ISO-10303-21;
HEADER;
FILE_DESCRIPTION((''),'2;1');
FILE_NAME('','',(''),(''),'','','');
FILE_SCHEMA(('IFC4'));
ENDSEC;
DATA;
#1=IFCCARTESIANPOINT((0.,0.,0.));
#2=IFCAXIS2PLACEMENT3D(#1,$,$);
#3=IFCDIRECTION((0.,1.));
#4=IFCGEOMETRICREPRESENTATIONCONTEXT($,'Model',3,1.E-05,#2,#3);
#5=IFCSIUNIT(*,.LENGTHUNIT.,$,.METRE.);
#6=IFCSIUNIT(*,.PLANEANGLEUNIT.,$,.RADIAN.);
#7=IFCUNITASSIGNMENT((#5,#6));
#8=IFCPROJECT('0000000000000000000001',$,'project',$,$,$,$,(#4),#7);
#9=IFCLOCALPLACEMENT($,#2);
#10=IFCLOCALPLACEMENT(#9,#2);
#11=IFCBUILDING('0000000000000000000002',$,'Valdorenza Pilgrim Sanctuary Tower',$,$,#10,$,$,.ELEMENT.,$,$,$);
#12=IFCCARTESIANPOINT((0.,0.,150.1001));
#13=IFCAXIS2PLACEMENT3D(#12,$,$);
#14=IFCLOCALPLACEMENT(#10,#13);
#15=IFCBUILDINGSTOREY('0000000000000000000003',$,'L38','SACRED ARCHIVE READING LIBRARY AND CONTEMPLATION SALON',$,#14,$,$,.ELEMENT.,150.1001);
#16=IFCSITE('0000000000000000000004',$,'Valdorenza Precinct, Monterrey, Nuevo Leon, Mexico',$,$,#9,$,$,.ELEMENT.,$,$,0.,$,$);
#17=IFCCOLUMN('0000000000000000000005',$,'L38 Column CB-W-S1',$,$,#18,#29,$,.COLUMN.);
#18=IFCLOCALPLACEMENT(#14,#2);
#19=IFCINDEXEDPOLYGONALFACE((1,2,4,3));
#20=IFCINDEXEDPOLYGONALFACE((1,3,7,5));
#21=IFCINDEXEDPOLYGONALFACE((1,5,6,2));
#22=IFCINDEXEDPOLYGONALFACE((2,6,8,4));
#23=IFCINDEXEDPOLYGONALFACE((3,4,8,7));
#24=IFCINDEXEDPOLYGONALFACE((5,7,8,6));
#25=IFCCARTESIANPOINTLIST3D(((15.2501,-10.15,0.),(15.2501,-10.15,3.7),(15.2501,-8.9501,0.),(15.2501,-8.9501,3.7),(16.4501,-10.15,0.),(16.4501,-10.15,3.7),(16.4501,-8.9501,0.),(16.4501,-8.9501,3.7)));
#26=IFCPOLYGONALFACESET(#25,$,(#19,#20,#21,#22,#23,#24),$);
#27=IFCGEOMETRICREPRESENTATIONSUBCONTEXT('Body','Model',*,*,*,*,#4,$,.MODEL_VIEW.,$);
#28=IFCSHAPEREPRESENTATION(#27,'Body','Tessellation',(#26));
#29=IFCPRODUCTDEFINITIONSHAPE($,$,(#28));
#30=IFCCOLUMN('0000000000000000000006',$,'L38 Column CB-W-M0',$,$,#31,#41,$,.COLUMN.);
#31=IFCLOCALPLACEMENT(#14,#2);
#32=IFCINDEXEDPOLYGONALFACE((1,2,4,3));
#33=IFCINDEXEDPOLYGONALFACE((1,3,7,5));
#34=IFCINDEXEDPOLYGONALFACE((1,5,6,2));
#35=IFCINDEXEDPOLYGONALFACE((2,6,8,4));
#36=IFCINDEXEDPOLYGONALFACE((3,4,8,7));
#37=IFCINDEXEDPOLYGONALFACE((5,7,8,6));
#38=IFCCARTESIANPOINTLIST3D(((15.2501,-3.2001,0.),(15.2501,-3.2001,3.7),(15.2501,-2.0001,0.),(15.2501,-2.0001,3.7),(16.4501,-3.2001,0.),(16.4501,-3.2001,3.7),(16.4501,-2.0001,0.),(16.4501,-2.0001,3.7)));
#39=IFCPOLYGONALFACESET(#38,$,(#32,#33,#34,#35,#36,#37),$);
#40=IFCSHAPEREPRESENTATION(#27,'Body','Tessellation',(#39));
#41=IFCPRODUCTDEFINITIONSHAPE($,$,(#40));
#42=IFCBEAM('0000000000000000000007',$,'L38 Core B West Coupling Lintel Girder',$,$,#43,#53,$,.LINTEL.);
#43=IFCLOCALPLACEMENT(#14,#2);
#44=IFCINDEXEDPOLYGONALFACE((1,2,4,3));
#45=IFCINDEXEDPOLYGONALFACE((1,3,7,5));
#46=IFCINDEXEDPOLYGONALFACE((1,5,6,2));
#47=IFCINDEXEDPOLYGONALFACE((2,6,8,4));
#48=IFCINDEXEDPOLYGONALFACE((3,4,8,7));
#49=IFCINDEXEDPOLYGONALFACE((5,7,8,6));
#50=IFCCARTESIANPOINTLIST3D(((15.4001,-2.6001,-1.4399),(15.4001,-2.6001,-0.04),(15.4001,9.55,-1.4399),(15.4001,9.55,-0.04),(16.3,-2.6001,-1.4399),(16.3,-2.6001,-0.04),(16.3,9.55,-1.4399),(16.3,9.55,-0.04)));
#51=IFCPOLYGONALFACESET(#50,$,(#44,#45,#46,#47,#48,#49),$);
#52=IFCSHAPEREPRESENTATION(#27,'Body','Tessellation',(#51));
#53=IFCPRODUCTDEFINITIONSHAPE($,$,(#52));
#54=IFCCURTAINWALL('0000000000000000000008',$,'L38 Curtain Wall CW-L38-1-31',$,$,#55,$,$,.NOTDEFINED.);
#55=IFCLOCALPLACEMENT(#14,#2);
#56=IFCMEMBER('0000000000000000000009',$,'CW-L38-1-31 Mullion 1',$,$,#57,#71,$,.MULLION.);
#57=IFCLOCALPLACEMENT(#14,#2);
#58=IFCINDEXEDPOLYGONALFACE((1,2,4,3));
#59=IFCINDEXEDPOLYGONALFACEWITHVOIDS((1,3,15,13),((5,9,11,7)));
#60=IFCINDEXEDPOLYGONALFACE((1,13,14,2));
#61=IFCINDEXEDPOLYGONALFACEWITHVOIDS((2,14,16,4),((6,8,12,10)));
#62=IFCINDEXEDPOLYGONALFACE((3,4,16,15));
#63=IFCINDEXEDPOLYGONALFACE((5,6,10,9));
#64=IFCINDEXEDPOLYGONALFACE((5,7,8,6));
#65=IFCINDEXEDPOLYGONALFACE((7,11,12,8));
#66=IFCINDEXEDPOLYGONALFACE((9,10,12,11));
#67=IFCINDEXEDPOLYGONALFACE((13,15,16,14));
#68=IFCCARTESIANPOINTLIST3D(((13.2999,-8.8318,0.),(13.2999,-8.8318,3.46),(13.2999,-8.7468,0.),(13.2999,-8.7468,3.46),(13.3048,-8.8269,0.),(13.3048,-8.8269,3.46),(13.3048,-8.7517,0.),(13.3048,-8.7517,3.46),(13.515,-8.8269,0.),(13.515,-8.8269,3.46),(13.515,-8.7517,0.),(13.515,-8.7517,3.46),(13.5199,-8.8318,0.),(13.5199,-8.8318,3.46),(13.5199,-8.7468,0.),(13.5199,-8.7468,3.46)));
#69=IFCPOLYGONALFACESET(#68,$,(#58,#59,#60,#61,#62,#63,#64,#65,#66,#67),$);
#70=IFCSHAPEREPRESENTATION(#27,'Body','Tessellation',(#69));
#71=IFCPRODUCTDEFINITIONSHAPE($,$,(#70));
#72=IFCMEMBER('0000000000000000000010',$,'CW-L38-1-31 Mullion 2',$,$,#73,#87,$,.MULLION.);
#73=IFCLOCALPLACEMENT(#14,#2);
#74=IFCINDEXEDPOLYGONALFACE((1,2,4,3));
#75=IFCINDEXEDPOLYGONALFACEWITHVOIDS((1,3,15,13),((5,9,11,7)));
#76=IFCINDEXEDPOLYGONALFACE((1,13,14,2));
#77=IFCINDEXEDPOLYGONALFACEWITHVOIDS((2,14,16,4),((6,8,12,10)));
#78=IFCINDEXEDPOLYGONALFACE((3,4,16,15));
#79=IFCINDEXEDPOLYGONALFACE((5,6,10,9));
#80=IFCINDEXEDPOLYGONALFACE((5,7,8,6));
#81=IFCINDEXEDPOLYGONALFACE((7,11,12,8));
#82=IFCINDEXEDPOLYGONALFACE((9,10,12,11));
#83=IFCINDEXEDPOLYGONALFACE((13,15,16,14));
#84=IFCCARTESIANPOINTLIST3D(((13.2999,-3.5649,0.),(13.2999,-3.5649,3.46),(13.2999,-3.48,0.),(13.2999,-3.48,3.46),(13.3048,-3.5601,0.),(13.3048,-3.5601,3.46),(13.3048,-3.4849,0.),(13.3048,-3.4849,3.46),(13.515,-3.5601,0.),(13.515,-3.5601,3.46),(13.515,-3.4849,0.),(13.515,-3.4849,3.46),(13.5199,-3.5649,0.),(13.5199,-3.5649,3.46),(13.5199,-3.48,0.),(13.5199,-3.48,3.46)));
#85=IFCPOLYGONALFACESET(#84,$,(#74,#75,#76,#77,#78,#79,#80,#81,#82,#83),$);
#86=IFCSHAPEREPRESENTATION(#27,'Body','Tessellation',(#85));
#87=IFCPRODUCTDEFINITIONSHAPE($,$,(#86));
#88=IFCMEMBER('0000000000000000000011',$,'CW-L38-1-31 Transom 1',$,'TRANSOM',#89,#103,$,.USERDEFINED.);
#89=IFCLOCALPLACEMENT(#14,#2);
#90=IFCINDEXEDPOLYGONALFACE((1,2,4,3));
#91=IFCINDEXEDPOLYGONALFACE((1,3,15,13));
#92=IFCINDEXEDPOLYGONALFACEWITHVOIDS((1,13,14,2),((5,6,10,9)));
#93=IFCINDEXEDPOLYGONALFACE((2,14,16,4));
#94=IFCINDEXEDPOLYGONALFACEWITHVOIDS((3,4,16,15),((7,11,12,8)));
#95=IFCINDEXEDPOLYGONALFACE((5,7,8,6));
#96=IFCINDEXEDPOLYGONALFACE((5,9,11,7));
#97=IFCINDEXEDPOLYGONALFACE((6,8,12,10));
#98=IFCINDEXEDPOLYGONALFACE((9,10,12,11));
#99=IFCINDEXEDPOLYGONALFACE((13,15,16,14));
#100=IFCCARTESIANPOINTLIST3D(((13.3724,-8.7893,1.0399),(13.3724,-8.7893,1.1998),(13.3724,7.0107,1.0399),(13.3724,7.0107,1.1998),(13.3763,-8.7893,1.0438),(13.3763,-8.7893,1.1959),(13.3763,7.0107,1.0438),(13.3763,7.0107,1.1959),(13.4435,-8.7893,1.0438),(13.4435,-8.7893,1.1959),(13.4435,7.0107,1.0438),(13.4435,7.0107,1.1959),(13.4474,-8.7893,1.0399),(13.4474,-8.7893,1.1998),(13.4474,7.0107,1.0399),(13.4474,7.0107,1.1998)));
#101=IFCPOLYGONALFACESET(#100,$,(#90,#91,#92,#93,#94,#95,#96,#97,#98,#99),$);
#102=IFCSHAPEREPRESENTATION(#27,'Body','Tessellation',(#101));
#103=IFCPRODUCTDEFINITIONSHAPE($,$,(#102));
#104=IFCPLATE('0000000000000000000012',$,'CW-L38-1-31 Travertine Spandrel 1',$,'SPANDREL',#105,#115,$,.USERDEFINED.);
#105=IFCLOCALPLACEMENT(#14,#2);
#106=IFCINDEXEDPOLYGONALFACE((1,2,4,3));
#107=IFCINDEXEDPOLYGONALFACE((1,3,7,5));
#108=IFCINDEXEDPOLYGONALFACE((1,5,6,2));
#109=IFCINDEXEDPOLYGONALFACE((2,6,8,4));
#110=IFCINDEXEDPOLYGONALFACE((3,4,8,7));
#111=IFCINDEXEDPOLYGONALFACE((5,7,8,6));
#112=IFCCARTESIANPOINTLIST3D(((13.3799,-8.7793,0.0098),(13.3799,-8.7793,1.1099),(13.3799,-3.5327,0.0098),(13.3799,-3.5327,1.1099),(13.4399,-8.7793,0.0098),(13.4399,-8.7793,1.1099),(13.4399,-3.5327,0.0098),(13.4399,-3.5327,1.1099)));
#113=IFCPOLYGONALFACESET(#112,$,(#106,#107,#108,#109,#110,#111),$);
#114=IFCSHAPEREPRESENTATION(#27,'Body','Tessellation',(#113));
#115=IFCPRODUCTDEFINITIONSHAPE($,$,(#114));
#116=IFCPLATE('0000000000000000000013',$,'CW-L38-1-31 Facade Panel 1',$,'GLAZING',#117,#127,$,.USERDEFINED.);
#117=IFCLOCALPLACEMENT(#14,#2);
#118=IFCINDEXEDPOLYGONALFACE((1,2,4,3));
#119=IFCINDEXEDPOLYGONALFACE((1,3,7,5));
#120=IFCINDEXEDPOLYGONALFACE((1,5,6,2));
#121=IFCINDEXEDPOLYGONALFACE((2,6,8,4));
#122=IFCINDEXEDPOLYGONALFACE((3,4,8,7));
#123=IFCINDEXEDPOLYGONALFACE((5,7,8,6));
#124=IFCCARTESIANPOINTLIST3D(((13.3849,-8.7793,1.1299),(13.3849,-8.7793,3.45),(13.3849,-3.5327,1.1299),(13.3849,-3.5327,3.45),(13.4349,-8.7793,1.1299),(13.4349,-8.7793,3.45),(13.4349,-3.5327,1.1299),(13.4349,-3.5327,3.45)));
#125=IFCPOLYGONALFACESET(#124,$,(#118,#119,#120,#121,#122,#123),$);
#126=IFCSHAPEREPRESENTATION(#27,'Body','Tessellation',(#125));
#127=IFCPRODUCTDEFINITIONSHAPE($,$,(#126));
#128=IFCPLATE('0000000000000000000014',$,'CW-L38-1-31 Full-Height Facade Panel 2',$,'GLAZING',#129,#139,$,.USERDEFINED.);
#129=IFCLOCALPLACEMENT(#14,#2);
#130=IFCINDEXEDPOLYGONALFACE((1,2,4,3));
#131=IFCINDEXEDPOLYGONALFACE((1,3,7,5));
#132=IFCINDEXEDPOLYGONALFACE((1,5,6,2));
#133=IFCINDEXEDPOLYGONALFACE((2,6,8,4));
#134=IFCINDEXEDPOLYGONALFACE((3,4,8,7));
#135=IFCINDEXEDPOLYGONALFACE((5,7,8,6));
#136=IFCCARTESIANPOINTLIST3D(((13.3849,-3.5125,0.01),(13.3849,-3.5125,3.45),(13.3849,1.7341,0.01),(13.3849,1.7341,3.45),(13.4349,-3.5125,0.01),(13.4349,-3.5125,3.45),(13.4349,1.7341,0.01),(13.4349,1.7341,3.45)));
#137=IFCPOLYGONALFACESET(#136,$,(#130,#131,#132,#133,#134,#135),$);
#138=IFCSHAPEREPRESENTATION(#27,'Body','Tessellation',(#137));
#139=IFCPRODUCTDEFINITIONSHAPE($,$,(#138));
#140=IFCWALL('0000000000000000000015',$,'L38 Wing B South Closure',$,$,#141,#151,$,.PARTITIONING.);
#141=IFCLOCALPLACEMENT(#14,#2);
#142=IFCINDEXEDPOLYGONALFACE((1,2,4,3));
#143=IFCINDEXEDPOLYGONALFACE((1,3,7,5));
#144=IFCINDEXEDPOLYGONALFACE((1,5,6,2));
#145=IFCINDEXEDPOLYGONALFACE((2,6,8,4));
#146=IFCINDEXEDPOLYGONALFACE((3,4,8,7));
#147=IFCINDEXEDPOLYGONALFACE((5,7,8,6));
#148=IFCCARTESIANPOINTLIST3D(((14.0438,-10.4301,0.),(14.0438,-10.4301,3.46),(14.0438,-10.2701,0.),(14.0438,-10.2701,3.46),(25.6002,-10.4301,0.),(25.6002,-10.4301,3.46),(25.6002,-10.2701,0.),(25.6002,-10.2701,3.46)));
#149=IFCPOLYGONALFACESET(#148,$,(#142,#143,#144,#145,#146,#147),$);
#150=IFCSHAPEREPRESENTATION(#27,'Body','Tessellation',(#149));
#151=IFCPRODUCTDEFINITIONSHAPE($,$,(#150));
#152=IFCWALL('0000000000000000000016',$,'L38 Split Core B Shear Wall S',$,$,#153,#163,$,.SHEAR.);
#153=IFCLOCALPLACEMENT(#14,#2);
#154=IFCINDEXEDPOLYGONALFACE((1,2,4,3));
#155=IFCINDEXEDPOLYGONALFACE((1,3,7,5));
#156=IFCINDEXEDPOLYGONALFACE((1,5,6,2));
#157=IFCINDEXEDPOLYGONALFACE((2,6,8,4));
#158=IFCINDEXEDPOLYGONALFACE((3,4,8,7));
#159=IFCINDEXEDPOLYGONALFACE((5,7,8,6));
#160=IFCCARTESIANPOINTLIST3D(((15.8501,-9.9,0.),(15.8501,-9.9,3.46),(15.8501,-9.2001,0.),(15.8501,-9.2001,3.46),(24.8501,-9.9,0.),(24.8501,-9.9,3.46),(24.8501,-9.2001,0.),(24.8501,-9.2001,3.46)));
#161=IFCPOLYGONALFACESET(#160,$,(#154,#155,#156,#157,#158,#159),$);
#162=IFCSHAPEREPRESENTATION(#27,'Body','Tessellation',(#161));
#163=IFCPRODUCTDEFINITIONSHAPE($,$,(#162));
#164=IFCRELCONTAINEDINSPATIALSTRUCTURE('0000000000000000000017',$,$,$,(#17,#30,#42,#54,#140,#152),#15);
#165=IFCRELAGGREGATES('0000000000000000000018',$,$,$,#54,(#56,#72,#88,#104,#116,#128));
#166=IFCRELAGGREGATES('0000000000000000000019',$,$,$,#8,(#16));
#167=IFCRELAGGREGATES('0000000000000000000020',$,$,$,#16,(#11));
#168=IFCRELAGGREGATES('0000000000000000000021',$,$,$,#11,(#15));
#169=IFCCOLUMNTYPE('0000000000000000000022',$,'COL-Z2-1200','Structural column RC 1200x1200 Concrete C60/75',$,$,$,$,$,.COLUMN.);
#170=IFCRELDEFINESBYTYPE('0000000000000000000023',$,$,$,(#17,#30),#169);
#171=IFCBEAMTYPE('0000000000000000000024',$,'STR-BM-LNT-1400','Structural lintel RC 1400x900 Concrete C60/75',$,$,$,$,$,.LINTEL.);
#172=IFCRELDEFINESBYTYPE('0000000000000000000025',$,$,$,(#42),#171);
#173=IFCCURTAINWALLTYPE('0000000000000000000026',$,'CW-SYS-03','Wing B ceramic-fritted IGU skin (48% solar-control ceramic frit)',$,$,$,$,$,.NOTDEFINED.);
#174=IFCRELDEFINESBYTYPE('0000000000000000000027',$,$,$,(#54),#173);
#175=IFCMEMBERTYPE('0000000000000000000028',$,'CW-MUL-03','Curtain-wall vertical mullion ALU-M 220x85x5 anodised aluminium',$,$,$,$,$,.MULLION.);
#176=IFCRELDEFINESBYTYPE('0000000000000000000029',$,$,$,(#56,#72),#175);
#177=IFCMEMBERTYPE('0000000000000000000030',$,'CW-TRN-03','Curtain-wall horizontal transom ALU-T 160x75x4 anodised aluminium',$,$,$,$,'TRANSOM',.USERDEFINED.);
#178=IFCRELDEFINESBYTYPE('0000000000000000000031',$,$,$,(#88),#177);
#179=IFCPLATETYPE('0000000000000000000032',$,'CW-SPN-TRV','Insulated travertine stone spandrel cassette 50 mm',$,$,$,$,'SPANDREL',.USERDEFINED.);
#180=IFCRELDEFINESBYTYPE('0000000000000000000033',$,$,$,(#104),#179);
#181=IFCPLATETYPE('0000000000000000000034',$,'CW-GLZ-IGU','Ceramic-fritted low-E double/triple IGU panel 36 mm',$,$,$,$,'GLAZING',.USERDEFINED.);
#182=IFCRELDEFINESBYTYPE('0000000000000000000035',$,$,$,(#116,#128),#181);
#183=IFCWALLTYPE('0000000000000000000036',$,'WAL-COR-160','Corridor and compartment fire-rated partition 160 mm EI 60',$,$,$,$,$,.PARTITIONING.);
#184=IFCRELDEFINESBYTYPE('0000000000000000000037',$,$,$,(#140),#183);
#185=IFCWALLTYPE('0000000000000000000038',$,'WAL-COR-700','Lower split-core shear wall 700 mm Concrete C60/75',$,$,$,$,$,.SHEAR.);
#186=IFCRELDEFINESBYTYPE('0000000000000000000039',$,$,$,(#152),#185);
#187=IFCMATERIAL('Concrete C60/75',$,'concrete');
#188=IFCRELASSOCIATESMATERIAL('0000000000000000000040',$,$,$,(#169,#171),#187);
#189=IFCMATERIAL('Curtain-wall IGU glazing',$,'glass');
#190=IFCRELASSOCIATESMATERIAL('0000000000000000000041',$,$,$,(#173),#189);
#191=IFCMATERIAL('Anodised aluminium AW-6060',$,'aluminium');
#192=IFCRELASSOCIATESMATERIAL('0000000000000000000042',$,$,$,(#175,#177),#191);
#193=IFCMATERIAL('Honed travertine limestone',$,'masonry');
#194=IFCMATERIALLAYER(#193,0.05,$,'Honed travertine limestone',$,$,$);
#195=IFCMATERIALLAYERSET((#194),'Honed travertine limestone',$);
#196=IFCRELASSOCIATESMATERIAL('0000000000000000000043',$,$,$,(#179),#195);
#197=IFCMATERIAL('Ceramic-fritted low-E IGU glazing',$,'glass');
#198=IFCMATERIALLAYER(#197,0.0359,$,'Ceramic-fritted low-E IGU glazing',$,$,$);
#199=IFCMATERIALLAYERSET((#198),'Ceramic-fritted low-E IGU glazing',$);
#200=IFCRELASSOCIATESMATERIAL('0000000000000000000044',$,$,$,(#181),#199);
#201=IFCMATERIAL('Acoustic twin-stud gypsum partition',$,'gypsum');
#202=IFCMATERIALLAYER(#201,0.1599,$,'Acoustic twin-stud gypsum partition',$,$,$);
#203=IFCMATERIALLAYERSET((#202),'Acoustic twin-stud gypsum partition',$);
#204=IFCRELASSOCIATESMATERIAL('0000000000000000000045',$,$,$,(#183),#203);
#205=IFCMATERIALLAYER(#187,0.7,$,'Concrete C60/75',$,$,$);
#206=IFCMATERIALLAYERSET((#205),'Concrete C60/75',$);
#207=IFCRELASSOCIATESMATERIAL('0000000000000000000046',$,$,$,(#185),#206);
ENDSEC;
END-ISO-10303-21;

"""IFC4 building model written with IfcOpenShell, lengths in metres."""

from ifc_helpers import new_model, si_unit, direction, frame, frame_2d, origin, origin_2d, place, context, subcontext, project, spatial, rectangle, hollow_rectangle, extrude, source, transform, mapped, material, layer, layer_set, material_profile, profile_set, type_object, element, aggregate, save


model = new_model("IFC4")

# Units and contexts
model_context = context("Model", 3, precision=1e-05, world=origin(), true_north=direction((0.0, 1.0)))
body_context = subcontext(model_context, "Body", "Model", "MODEL_VIEW")
ifc_project = project(units=[si_unit("LENGTHUNIT", "METRE"), si_unit("PLANEANGLEUNIT", "RADIAN")], contexts=[model_context])

# Site, building, storey
site_placement = place(None, origin())
site = spatial("IfcSite", under=ifc_project, at=site_placement, Name="Valdorenza Precinct, Monterrey, Nuevo Leon, Mexico", CompositionType="ELEMENT", RefElevation=0.0)
building_placement = place(site_placement, origin())
building = spatial("IfcBuilding", under=site, at=building_placement, Name="Valdorenza Pilgrim Sanctuary Tower", CompositionType="ELEMENT")
storey_placement = place(building_placement, frame((0.0, 0.0, 150.1001)))
storey = spatial("IfcBuildingStorey", under=building, at=storey_placement, Name="L38", Description="SACRED ARCHIVE READING LIBRARY AND CONTEMPLATION SALON", CompositionType="ELEMENT", Elevation=150.1001)

# Columns
ifc_material_1 = material(Name="Concrete C60/75", Category="concrete")
ifc_material_profile_1 = material_profile(ifc_material_1, rectangle(XDim=1.2, YDim=1.2, at=origin_2d()), Name="RC 1200x1200")
ifc_profile_set_1 = profile_set([ifc_material_profile_1], Name="Concrete C60/75")
column_type = type_object("IfcColumnType", Name="COL-Z2-1200", Description="Structural column RC 1200x1200 Concrete C60/75", PredefinedType="COLUMN", material=ifc_profile_set_1)
shared_shape_1 = source(origin(), body_context, "Body", "SweptSolid", [
    extrude(rectangle(XDim=1.2, YDim=1.2, at=origin_2d()), origin(), (0.0, 0.0, 1.0), 3.7),
])
for number, where, z_axis, x_axis, name in (
    (1, (15.8501, -9.55, 0.0), (0.0, 0.0, 1.0), (1.0, 0.0, 0.0), "L38 Column CB-W-S1"),
    (2, (15.8501, -2.6001, 0.0), (0.0, 0.0, 1.0), (1.0, 0.0, 0.0), "L38 Column CB-W-M0"),
):
    element("IfcColumn", number, at=place(storey_placement, frame(where, z_axis=z_axis, x_axis=x_axis)), inside=storey, type_object=column_type, Name=name, PredefinedType="COLUMN", context=body_context, shape_type="MappedRepresentation", body=[
        mapped(shared_shape_1, transform((0.0, 0.0, 0.0), x_axis=(1.0, 0.0, 0.0), y_axis=(0.0, 1.0, 0.0), z_axis=(0.0, 0.0, 1.0), scale=1.0)),
    ])

# Beam
ifc_material_profile_2 = material_profile(ifc_material_1, rectangle(XDim=0.8999, YDim=1.3999, at=origin_2d()), Name="RC 1400x900")
ifc_profile_set_2 = profile_set([ifc_material_profile_2], Name="Concrete C60/75")
beam_type = type_object("IfcBeamType", Name="STR-BM-LNT-1400", Description="Structural lintel RC 1400x900 Concrete C60/75", PredefinedType="LINTEL", material=ifc_profile_set_2)
shared_shape_2 = source(origin(), body_context, "Body", "SweptSolid", [
    extrude(rectangle(XDim=0.8999, YDim=1.3999, at=origin_2d()), origin(), (0.0, 0.0, 1.0), 12.1501),
])
beam_placement = place(storey_placement, frame((15.8501, -2.6001, -0.74), z_axis=(0.0, 1.0, 0.0), x_axis=(-1.0, 0.0, 0.0)))
element("IfcBeam", 3, at=beam_placement, inside=storey, type_object=beam_type, Name="L38 Core B West Coupling Lintel Girder", PredefinedType="LINTEL", context=body_context, shape_type="MappedRepresentation", body=[
    mapped(shared_shape_2, transform((0.0, 0.0, 0.0), x_axis=(1.0, 0.0, 0.0), y_axis=(0.0, 1.0, 0.0), z_axis=(0.0, 0.0, 1.0), scale=1.0)),
])

# Curtain wall, members, plates
ifc_material_2 = material(Name="Curtain-wall IGU glazing", Category="glass")
curtain_wall_type = type_object("IfcCurtainWallType", Name="CW-SYS-03", Description="Wing B ceramic-fritted IGU skin (48% solar-control ceramic frit)", PredefinedType="NOTDEFINED", material=ifc_material_2)
curtain_wall_placement = place(storey_placement, origin())
curtain_wall = element("IfcCurtainWall", 4, at=curtain_wall_placement, inside=storey, type_object=curtain_wall_type, Name="L38 Curtain Wall CW-L38-1-31", PredefinedType="NOTDEFINED")
ifc_material_3 = material(Name="Anodised aluminium AW-6060", Category="aluminium")
ifc_material_profile_3 = material_profile(ifc_material_3, hollow_rectangle(XDim=0.085, YDim=0.22, WallThickness=0.0049, at=origin_2d()), Name="ALU-M 220x85x5")
ifc_profile_set_3 = profile_set([ifc_material_profile_3], Name="Anodised aluminium AW-6060")
member_type_1 = type_object("IfcMemberType", Name="CW-MUL-03", Description="Curtain-wall vertical mullion ALU-M 220x85x5 anodised aluminium", PredefinedType="MULLION", material=ifc_profile_set_3)
shared_shape_3 = source(origin(), body_context, "Body", "SweptSolid", [
    extrude(hollow_rectangle(XDim=0.085, YDim=0.22, WallThickness=0.0049, at=origin_2d()), origin(), (0.0, 0.0, 1.0), 3.46),
])
member_1_placement = place(storey_placement, frame((13.4099, -8.7893, 0.0), z_axis=(0.0, 0.0, 1.0), x_axis=(0.0, 1.0, 0.0)))
member_1 = element("IfcMember", 5, at=member_1_placement, type_object=member_type_1, Name="CW-L38-1-31 Mullion 1", PredefinedType="MULLION", context=body_context, shape_type="MappedRepresentation", body=[
    mapped(shared_shape_3, transform((0.0, 0.0, 0.0), x_axis=(1.0, 0.0, 0.0), y_axis=(0.0, 1.0, 0.0), z_axis=(0.0, 0.0, 1.0), scale=1.0)),
])
member_2_placement = place(storey_placement, frame((13.4099, -3.5225, 0.0), z_axis=(0.0, 0.0, 1.0), x_axis=(0.0, 1.0, 0.0)))
member_2 = element("IfcMember", 6, at=member_2_placement, type_object=member_type_1, Name="CW-L38-1-31 Mullion 2", PredefinedType="MULLION", context=body_context, shape_type="MappedRepresentation", body=[
    mapped(shared_shape_3, transform((0.0, 0.0, 0.0), x_axis=(1.0, 0.0, 0.0), y_axis=(0.0, 1.0, 0.0), z_axis=(0.0, 0.0, 1.0), scale=1.0)),
])
ifc_material_profile_4 = material_profile(ifc_material_3, hollow_rectangle(XDim=0.075, YDim=0.1599, WallThickness=0.0039, at=origin_2d()), Name="ALU-T 160x75x4")
ifc_profile_set_4 = profile_set([ifc_material_profile_4], Name="Anodised aluminium AW-6060")
member_type_2 = type_object("IfcMemberType", Name="CW-TRN-03", Description="Curtain-wall horizontal transom ALU-T 160x75x4 anodised aluminium", ElementType="TRANSOM", PredefinedType="USERDEFINED", material=ifc_profile_set_4)
shared_shape_4 = source(origin(), body_context, "Body", "SweptSolid", [
    extrude(hollow_rectangle(XDim=0.075, YDim=0.1599, WallThickness=0.0039, at=origin_2d()), origin(), (0.0, 0.0, 1.0), 15.8),
])
member_3_placement = place(storey_placement, frame((13.4099, -8.7893, 1.1199), z_axis=(0.0, 1.0, 0.0), x_axis=(-1.0, 0.0, 0.0)))
member_3 = element("IfcMember", 7, at=member_3_placement, type_object=member_type_2, Name="CW-L38-1-31 Transom 1", ObjectType="TRANSOM", PredefinedType="USERDEFINED", context=body_context, shape_type="MappedRepresentation", body=[
    mapped(shared_shape_4, transform((0.0, 0.0, 0.0), x_axis=(1.0, 0.0, 0.0), y_axis=(0.0, 1.0, 0.0), z_axis=(0.0, 0.0, 1.0), scale=1.0)),
])
ifc_material_4 = material(Name="Honed travertine limestone", Category="masonry")
ifc_layer_1 = layer(ifc_material_4, 0.05, Name="Honed travertine limestone")
ifc_layer_set_1 = layer_set([ifc_layer_1], Name="Honed travertine limestone")
plate_type_1 = type_object("IfcPlateType", Name="CW-SPN-TRV", Description="Insulated travertine stone spandrel cassette 50 mm", ElementType="SPANDREL", PredefinedType="USERDEFINED", material=ifc_layer_set_1)
shared_shape_5 = source(origin(), body_context, "Body", "SweptSolid", [
    extrude(rectangle(XDim=5.2466, YDim=0.0601, at=origin_2d()), origin(), (0.0, 0.0, 1.0), 1.1001),
])
plate_1_placement = place(storey_placement, frame((13.4099, -6.156, 0.0098), z_axis=(0.0, 0.0, 1.0), x_axis=(0.0, 1.0, 0.0)))
plate_1 = element("IfcPlate", 8, at=plate_1_placement, type_object=plate_type_1, Name="CW-L38-1-31 Travertine Spandrel 1", ObjectType="SPANDREL", PredefinedType="USERDEFINED", context=body_context, shape_type="MappedRepresentation", body=[
    mapped(shared_shape_5, transform((0.0, 0.0, 0.0), x_axis=(1.0, 0.0, 0.0), y_axis=(0.0, 1.0, 0.0), z_axis=(0.0, 0.0, 1.0), scale=1.0)),
])
ifc_material_5 = material(Name="Ceramic-fritted low-E IGU glazing", Category="glass")
ifc_layer_2 = layer(ifc_material_5, 0.0359, Name="Ceramic-fritted low-E IGU glazing")
ifc_layer_set_2 = layer_set([ifc_layer_2], Name="Ceramic-fritted low-E IGU glazing")
plate_type_2 = type_object("IfcPlateType", Name="CW-GLZ-IGU", Description="Ceramic-fritted low-E double/triple IGU panel 36 mm", ElementType="GLAZING", PredefinedType="USERDEFINED", material=ifc_layer_set_2)
shared_shape_6 = source(origin(), body_context, "Body", "SweptSolid", [
    extrude(rectangle(XDim=5.2466, YDim=0.05, at=origin_2d()), origin(), (0.0, 0.0, 1.0), 2.3201),
])
plate_2_placement = place(storey_placement, frame((13.4099, -6.156, 1.1299), z_axis=(0.0, 0.0, 1.0), x_axis=(0.0, 1.0, 0.0)))
plate_2 = element("IfcPlate", 9, at=plate_2_placement, type_object=plate_type_2, Name="CW-L38-1-31 Facade Panel 1", ObjectType="GLAZING", PredefinedType="USERDEFINED", context=body_context, shape_type="MappedRepresentation", body=[
    mapped(shared_shape_6, transform((0.0, 0.0, 0.0), x_axis=(1.0, 0.0, 0.0), y_axis=(0.0, 1.0, 0.0), z_axis=(0.0, 0.0, 1.0), scale=1.0)),
])
shared_shape_7 = source(origin(), body_context, "Body", "SweptSolid", [
    extrude(rectangle(XDim=5.2466, YDim=0.05, at=origin_2d()), origin(), (0.0, 0.0, 1.0), 3.4399),
])
plate_3_placement = place(storey_placement, frame((13.4099, -0.8892, 0.01), z_axis=(0.0, 0.0, 1.0), x_axis=(0.0, 1.0, 0.0)))
plate_3 = element("IfcPlate", 10, at=plate_3_placement, type_object=plate_type_2, Name="CW-L38-1-31 Full-Height Facade Panel 2", ObjectType="GLAZING", PredefinedType="USERDEFINED", context=body_context, shape_type="MappedRepresentation", body=[
    mapped(shared_shape_7, transform((0.0, 0.0, 0.0), x_axis=(1.0, 0.0, 0.0), y_axis=(0.0, 1.0, 0.0), z_axis=(0.0, 0.0, 1.0), scale=1.0)),
])
aggregate(curtain_wall, [member_1, member_2, member_3, plate_1, plate_2, plate_3])

# Walls
ifc_material_6 = material(Name="Acoustic twin-stud gypsum partition", Category="gypsum")
ifc_layer_3 = layer(ifc_material_6, 0.1599, Name="Acoustic twin-stud gypsum partition")
ifc_layer_set_3 = layer_set([ifc_layer_3], Name="Acoustic twin-stud gypsum partition")
wall_type_1 = type_object("IfcWallType", Name="WAL-COR-160", Description="Corridor and compartment fire-rated partition 160 mm EI 60", PredefinedType="PARTITIONING", material=ifc_layer_set_3)
wall_1_placement = place(storey_placement, frame((14.0437, -10.3501, 0.0), z_axis=(0.0, 0.0, 1.0), x_axis=(1.0, 0.0, 0.0)))
element("IfcWall", 11, at=wall_1_placement, inside=storey, type_object=wall_type_1, Name="L38 Wing B South Closure", PredefinedType="PARTITIONING", context=body_context, shape_type="SweptSolid", body=[
    extrude(rectangle(XDim=11.5564, YDim=0.1599, at=frame_2d((5.7783, 0.0))), origin(), (0.0, 0.0, 1.0), 3.46),
])
ifc_layer_4 = layer(ifc_material_1, 0.7, Name="Concrete C60/75")
ifc_layer_set_4 = layer_set([ifc_layer_4], Name="Concrete C60/75")
wall_type_2 = type_object("IfcWallType", Name="WAL-COR-700", Description="Lower split-core shear wall 700 mm Concrete C60/75", PredefinedType="SHEAR", material=ifc_layer_set_4)
wall_2_placement = place(storey_placement, frame((15.8501, -9.55, 0.0), z_axis=(0.0, 0.0, 1.0), x_axis=(1.0, 0.0, 0.0)))
element("IfcWall", 12, at=wall_2_placement, inside=storey, type_object=wall_type_2, Name="L38 Split Core B Shear Wall S", PredefinedType="SHEAR", context=body_context, shape_type="SweptSolid", body=[
    extrude(rectangle(XDim=9.0, YDim=0.7, at=frame_2d((4.5, 0.0))), origin(), (0.0, 0.0, 1.0), 3.46),
])

save(model, "model.ifc")
